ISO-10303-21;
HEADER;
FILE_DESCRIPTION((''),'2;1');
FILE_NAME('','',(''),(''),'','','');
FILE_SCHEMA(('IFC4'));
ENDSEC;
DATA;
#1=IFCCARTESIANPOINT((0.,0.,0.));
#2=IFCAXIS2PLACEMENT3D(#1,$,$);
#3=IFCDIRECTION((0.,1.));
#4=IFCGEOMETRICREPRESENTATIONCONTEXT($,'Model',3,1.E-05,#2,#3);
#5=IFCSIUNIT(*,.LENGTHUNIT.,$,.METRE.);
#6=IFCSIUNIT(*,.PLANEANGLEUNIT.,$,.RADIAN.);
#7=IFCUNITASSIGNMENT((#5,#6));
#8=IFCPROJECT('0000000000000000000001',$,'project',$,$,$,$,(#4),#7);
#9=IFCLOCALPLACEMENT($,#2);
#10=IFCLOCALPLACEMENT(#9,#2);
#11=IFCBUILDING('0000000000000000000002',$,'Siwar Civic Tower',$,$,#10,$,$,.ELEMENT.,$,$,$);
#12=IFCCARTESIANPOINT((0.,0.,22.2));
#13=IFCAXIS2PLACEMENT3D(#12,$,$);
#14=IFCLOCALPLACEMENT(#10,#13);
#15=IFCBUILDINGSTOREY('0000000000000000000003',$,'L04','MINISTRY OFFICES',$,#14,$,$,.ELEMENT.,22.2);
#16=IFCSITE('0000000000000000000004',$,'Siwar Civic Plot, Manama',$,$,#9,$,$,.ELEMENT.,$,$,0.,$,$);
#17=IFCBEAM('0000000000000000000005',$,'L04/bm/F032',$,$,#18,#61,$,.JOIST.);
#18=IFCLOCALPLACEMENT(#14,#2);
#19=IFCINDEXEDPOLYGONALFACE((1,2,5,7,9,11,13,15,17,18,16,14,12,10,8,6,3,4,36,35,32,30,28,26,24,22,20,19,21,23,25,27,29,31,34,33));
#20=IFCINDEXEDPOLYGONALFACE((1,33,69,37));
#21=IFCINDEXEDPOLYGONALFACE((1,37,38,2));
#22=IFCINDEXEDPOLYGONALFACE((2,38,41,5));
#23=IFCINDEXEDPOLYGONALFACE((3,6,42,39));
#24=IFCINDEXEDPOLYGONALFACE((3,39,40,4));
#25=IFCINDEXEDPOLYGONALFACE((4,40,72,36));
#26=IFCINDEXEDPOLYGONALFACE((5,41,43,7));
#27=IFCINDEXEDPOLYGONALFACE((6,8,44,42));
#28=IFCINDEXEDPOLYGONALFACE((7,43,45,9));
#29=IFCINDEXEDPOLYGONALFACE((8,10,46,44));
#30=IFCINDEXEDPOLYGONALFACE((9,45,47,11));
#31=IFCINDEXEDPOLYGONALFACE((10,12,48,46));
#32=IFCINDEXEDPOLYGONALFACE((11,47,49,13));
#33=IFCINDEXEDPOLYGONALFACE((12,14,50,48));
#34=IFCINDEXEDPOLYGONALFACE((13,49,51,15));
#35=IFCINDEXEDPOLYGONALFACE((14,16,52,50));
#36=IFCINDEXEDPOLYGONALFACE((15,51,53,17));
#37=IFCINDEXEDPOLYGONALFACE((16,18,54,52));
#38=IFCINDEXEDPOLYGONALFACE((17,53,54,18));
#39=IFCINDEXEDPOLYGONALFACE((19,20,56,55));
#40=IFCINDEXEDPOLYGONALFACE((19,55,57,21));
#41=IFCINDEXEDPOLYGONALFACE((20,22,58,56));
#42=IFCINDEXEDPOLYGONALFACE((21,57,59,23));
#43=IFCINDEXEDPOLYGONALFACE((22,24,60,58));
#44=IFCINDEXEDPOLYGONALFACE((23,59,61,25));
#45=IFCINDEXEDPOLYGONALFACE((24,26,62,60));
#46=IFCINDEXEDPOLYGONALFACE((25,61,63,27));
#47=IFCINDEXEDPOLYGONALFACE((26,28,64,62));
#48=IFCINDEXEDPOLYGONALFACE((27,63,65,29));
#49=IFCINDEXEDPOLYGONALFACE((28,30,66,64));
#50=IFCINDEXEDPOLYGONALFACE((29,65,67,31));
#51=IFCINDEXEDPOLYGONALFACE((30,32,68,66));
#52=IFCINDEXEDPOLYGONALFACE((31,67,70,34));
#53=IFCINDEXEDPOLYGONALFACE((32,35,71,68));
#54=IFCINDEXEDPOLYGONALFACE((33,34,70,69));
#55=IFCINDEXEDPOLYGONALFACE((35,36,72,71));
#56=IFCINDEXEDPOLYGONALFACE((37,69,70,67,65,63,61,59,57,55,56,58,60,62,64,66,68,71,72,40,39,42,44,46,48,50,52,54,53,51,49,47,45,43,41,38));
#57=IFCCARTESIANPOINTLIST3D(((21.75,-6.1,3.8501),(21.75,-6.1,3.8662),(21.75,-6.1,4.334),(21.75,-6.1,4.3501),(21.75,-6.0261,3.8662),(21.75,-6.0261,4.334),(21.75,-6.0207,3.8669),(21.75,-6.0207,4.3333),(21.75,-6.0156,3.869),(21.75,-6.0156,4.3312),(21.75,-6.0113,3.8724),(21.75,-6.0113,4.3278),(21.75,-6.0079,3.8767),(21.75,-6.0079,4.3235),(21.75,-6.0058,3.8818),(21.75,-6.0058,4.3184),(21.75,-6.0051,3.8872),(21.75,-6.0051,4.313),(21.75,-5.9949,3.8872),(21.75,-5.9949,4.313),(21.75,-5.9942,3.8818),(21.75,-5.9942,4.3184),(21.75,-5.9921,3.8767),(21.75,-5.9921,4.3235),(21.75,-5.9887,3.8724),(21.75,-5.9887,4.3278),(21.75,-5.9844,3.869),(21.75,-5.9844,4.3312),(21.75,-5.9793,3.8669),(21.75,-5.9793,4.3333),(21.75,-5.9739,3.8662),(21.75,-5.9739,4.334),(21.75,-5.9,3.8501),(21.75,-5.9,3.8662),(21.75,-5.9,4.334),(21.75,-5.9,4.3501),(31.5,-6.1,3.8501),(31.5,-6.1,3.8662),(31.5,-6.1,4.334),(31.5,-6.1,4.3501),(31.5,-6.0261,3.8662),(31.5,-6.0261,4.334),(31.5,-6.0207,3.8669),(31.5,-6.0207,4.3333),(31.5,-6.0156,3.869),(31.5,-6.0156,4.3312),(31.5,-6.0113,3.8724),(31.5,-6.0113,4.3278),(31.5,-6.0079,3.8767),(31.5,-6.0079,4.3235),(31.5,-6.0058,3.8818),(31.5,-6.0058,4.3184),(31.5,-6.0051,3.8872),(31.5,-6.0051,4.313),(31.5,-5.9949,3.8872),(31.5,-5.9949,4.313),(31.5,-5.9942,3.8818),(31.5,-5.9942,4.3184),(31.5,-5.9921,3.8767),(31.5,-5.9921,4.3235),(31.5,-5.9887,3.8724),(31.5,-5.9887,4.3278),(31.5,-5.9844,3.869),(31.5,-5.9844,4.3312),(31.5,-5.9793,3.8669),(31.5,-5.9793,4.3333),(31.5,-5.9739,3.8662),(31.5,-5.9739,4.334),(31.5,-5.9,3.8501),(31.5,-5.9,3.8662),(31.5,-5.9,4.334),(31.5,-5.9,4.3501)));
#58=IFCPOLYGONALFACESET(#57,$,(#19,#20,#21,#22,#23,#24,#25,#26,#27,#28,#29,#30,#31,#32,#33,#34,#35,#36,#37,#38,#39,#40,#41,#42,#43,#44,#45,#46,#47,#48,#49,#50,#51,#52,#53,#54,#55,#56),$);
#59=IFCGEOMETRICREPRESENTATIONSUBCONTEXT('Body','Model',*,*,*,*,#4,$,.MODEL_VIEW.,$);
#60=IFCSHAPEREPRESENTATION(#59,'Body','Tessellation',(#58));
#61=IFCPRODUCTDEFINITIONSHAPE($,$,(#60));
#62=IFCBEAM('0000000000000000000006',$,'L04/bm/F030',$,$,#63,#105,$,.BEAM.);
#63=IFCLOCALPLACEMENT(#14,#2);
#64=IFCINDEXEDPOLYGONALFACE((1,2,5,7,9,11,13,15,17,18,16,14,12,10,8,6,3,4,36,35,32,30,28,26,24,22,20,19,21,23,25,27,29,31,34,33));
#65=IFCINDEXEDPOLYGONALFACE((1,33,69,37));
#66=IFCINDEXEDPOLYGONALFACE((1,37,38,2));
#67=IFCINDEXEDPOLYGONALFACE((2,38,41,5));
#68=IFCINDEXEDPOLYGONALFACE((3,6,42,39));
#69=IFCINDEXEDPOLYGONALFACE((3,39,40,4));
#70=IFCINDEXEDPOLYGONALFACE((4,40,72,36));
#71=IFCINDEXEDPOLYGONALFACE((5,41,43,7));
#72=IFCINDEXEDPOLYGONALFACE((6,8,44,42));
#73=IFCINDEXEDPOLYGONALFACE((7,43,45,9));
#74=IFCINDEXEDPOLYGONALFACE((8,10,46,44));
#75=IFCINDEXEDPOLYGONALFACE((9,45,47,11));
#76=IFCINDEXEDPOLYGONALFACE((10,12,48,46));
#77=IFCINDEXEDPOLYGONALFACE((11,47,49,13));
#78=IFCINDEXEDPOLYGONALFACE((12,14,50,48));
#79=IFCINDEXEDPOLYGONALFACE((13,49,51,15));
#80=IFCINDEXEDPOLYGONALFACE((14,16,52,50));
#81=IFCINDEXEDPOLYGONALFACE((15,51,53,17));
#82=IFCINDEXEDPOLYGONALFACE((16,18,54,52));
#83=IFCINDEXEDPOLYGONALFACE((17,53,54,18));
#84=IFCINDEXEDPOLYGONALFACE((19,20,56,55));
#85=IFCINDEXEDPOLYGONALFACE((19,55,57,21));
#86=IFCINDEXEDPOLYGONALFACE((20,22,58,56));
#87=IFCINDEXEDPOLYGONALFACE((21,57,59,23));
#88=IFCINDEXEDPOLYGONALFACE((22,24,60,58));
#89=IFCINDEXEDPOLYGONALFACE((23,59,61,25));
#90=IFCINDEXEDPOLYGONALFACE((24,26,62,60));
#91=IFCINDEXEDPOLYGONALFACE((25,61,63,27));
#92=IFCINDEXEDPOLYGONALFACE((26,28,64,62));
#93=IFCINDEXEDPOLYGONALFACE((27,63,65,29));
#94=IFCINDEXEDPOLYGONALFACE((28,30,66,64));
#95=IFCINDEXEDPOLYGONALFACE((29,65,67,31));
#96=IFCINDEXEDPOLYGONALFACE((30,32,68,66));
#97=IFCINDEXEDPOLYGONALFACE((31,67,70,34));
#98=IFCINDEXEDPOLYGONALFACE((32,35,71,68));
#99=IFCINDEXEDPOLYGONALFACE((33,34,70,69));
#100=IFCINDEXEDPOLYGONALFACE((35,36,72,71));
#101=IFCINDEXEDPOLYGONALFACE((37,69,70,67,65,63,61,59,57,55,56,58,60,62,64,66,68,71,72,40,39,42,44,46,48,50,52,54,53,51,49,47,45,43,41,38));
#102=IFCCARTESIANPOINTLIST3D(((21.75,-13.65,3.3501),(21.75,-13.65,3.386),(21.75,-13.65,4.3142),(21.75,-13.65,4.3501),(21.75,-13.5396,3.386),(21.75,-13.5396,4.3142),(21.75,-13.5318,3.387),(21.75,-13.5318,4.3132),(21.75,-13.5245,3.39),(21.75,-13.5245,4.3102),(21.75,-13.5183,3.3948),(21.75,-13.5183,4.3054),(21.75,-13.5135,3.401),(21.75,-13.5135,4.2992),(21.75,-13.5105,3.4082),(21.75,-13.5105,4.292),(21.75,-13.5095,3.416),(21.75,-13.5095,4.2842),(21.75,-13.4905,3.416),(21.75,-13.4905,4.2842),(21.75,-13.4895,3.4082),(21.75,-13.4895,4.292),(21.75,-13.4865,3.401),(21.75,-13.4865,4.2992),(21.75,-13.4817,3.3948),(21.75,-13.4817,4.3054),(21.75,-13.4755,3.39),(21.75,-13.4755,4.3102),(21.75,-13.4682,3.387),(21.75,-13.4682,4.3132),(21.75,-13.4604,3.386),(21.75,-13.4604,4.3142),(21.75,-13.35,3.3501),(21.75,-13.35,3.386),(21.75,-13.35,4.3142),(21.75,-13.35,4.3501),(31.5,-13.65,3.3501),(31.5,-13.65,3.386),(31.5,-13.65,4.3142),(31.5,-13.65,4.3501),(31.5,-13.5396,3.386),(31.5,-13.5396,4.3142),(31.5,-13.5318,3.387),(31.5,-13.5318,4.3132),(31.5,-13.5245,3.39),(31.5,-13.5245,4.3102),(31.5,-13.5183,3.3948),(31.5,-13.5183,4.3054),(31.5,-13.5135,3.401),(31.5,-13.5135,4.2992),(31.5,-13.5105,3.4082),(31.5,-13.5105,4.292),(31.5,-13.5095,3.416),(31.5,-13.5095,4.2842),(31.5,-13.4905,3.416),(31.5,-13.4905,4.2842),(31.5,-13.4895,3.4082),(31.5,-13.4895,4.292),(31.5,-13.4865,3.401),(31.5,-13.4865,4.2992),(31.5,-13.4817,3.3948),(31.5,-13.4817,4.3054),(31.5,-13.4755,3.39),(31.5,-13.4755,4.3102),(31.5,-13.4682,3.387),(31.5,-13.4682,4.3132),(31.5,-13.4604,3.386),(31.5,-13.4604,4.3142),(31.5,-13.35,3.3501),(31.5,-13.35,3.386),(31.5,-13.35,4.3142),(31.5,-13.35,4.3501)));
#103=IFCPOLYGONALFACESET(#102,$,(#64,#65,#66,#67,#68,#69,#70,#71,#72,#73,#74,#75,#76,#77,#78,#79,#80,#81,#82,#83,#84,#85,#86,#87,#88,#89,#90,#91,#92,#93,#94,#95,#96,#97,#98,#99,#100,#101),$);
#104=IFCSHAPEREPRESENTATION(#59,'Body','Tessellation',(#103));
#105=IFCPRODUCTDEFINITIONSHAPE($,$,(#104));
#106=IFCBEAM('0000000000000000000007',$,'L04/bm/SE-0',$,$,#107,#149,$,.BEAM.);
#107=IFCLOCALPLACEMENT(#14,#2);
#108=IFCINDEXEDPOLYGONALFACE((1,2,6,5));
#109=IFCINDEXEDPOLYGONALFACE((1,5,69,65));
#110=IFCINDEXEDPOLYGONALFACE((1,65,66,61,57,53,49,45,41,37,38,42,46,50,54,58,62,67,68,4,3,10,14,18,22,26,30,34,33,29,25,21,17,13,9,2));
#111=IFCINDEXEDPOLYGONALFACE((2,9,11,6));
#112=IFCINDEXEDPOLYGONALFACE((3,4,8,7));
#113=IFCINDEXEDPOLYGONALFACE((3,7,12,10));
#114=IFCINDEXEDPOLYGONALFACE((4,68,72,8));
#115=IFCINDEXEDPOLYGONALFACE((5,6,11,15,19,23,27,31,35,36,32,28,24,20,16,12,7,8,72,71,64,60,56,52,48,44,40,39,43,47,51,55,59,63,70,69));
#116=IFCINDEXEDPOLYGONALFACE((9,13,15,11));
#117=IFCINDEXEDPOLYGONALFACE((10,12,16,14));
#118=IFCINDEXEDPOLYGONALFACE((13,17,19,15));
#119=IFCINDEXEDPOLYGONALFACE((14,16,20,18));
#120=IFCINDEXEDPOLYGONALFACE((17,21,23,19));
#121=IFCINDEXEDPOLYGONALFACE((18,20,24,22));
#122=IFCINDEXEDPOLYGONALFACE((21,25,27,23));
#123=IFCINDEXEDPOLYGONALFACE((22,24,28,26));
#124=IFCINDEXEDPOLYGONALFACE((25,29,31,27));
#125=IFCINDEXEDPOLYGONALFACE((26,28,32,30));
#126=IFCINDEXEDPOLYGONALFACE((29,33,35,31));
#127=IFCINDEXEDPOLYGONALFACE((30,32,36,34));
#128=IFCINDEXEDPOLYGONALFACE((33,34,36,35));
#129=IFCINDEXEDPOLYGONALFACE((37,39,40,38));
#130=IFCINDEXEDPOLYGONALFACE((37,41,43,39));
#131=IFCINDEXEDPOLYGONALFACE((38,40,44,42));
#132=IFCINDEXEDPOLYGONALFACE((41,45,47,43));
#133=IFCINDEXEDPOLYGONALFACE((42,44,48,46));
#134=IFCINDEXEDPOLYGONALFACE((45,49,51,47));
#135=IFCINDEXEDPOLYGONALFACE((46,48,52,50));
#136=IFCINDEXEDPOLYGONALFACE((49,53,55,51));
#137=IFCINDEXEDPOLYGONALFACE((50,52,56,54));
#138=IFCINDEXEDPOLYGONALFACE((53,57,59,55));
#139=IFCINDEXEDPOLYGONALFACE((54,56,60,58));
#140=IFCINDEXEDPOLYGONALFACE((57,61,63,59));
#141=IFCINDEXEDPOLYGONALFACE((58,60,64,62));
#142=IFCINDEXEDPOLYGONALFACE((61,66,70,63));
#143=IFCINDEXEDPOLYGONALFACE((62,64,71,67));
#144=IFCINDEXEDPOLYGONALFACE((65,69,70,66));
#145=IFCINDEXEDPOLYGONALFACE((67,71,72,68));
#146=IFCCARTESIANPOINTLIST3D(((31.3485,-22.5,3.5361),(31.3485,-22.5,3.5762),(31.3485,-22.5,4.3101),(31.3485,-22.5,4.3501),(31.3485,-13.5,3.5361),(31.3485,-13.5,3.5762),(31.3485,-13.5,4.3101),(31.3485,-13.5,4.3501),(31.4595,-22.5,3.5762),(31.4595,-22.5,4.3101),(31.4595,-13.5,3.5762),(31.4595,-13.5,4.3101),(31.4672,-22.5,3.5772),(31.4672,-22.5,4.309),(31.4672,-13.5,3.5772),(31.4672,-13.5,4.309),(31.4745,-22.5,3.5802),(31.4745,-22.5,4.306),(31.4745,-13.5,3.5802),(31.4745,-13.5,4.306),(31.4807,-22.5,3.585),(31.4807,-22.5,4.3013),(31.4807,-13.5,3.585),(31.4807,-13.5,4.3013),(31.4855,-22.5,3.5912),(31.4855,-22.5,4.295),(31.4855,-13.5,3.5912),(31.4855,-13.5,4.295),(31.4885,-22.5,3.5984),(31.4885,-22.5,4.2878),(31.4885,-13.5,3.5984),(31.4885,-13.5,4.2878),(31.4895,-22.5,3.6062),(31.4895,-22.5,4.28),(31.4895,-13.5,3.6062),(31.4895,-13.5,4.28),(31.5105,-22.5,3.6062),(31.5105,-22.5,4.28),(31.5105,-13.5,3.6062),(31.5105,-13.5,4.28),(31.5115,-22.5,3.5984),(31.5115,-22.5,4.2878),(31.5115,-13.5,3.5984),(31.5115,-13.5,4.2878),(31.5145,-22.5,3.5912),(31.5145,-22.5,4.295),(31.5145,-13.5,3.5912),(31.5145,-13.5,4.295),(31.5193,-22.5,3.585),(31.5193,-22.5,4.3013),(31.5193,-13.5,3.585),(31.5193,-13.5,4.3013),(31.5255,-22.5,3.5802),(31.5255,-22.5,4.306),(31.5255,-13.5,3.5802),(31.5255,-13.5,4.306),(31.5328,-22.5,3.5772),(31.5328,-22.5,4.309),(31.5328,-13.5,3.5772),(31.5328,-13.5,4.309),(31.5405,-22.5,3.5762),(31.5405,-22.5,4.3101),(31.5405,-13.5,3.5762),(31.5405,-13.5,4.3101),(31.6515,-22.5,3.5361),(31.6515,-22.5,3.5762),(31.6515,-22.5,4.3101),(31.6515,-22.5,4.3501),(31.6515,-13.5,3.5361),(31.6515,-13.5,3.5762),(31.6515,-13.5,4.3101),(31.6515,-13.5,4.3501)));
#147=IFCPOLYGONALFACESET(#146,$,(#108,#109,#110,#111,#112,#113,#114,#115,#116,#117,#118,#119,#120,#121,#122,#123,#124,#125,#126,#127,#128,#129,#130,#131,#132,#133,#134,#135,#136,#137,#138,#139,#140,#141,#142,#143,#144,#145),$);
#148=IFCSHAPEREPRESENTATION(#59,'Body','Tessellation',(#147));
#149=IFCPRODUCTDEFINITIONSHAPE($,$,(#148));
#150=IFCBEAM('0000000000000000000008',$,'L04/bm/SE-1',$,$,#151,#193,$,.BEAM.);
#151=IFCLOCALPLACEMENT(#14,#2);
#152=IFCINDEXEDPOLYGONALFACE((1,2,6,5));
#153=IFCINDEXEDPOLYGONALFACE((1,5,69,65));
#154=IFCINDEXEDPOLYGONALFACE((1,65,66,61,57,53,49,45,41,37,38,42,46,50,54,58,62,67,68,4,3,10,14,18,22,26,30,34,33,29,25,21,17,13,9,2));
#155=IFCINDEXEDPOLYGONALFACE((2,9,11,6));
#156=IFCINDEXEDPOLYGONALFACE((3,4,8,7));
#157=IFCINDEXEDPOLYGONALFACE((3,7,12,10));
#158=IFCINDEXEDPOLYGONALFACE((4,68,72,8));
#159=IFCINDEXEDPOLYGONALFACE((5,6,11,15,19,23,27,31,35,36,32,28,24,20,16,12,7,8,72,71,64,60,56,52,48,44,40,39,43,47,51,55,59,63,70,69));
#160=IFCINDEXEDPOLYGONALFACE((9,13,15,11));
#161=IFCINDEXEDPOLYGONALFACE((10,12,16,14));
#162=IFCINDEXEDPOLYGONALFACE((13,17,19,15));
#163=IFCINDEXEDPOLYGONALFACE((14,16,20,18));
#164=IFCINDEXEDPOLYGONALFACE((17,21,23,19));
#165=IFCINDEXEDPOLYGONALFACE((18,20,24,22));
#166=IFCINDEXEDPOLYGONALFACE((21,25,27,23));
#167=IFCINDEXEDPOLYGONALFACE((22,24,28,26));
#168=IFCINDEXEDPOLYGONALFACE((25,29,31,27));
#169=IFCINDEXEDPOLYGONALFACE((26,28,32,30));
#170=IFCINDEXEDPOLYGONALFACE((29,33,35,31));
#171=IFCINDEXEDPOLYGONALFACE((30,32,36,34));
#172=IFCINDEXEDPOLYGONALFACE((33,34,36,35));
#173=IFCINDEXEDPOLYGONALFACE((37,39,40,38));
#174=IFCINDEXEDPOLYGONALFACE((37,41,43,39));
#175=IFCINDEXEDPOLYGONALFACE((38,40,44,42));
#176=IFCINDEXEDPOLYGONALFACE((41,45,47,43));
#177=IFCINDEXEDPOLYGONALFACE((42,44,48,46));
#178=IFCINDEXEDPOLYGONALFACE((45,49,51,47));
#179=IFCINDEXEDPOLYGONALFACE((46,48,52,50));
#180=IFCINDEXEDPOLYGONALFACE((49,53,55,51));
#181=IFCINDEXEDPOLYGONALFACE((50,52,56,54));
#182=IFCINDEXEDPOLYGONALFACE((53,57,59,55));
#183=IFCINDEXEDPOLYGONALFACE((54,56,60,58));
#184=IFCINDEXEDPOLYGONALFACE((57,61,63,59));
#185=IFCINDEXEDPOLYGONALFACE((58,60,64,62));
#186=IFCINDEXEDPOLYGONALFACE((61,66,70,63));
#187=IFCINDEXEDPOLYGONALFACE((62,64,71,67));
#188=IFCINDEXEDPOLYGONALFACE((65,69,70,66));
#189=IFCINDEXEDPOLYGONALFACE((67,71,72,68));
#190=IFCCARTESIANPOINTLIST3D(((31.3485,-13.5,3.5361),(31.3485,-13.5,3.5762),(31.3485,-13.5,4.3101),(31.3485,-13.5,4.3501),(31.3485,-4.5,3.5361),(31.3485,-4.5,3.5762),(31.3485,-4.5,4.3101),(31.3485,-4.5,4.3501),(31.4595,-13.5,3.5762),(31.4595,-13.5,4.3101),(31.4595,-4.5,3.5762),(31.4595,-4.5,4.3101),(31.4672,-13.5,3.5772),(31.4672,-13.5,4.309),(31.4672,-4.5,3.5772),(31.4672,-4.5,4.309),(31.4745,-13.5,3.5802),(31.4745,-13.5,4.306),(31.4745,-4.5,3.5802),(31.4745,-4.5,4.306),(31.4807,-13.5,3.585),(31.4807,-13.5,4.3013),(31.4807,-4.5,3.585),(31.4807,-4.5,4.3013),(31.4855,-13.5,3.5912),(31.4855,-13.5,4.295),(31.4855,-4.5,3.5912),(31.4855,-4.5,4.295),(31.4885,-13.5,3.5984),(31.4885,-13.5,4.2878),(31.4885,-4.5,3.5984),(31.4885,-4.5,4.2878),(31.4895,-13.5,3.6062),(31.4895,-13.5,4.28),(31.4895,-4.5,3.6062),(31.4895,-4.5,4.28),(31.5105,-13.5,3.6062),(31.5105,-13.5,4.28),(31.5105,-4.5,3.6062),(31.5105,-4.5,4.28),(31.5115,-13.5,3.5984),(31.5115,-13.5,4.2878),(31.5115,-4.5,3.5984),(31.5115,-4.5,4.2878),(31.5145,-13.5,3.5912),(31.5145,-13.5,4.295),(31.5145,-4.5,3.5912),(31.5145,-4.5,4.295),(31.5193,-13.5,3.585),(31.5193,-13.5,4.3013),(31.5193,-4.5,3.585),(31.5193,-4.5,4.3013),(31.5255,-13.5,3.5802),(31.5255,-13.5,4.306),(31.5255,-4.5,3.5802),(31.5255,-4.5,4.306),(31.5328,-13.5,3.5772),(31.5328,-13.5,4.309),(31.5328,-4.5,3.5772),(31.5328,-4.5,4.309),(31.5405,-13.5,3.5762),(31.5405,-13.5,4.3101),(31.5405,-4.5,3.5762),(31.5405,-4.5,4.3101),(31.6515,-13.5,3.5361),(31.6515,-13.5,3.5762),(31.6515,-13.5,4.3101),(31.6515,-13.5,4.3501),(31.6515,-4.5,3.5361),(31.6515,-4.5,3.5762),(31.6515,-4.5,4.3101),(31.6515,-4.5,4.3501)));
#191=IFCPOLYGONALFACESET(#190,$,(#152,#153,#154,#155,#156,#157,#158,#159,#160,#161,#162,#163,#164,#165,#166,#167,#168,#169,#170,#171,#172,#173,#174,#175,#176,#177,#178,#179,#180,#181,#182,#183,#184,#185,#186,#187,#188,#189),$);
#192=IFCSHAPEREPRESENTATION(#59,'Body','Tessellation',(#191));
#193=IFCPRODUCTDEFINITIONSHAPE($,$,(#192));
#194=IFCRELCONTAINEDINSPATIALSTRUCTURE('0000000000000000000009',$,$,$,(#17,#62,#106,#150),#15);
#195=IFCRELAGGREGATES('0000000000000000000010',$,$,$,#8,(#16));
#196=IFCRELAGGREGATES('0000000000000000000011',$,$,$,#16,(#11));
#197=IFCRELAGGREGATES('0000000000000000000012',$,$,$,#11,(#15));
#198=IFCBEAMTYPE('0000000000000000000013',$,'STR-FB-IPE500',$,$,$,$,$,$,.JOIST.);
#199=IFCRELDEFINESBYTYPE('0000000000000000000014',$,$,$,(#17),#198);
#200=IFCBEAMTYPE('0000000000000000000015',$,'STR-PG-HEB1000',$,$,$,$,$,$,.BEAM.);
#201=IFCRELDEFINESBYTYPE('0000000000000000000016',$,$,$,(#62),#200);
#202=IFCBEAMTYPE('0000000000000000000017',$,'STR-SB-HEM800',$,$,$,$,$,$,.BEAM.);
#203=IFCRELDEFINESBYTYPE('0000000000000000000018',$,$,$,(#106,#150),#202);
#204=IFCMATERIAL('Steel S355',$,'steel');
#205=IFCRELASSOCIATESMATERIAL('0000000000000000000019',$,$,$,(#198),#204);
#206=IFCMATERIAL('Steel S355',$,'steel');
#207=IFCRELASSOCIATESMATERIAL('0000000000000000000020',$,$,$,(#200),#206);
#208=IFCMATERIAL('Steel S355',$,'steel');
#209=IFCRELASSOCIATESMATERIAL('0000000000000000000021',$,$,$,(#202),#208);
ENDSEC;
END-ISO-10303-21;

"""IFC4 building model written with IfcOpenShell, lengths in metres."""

from ifc_helpers import new_model, si_unit, direction, frame, origin, origin_2d, place, context, subcontext, project, spatial, i_section, extrude, material, material_profile, profile_set, type_object, element, save


model = new_model("IFC4")

# Units and contexts
model_context = context("Model", 3, precision=1e-05, world=origin(), true_north=direction((0.0, 1.0)))
body_context = subcontext(model_context, "Body", "Model", "MODEL_VIEW")
ifc_project = project(units=[si_unit("LENGTHUNIT", "METRE"), si_unit("PLANEANGLEUNIT", "RADIAN")], contexts=[model_context])

# Site, building, storey
site_placement = place(None, origin())
site = spatial("IfcSite", under=ifc_project, at=site_placement, Name="Siwar Civic Plot, Manama", CompositionType="ELEMENT", RefElevation=0.0)
building_placement = place(site_placement, origin())
building = spatial("IfcBuilding", under=site, at=building_placement, Name="Siwar Civic Tower", CompositionType="ELEMENT")
storey_placement = place(building_placement, frame((0.0, 0.0, 22.2)))
storey = spatial("IfcBuildingStorey", under=building, at=storey_placement, Name="L04", Description="MINISTRY OFFICES", CompositionType="ELEMENT", Elevation=22.2)

# Beams
ifc_material_1 = material(Name="Steel S355", Category="steel")
ifc_material_profile_1 = material_profile(ifc_material_1, i_section(OverallWidth=0.2, OverallDepth=0.5, WebThickness=0.0103, FlangeThickness=0.0161, FilletRadius=0.021, at=origin_2d()), Name="IPE500")
ifc_profile_set_1 = profile_set([ifc_material_profile_1], Name="Steel S355")
beam_type_1 = type_object("IfcBeamType", Name="STR-FB-IPE500", PredefinedType="JOIST", material=ifc_profile_set_1)
beam_1_placement = place(storey_placement, frame((21.75, -6.0, 4.1001), z_axis=(1.0, 0.0, 0.0), x_axis=(0.0, 1.0, 0.0)))
element("IfcBeam", 1, at=beam_1_placement, inside=storey, type_object=beam_type_1, Name="L04/bm/F032", PredefinedType="JOIST", context=body_context, shape_type="SweptSolid", body=[
    extrude(i_section(OverallWidth=0.2, OverallDepth=0.5, WebThickness=0.0103, FlangeThickness=0.0161, FilletRadius=0.021, at=origin_2d()), origin(), (0.0, 0.0, 1.0), 9.75),
])
ifc_material_2 = material(Name="Steel S355", Category="steel")
ifc_material_profile_2 = material_profile(ifc_material_2, i_section(OverallWidth=0.3, OverallDepth=1.0, WebThickness=0.019, FlangeThickness=0.0359, FilletRadius=0.03, at=origin_2d()), Name="HEB1000")
ifc_profile_set_2 = profile_set([ifc_material_profile_2], Name="Steel S355")
beam_type_2 = type_object("IfcBeamType", Name="STR-PG-HEB1000", PredefinedType="BEAM", material=ifc_profile_set_2)
beam_2_placement = place(storey_placement, frame((21.75, -13.5, 3.8501), z_axis=(1.0, 0.0, 0.0), x_axis=(0.0, 1.0, 0.0)))
element("IfcBeam", 2, at=beam_2_placement, inside=storey, type_object=beam_type_2, Name="L04/bm/F030", PredefinedType="BEAM", context=body_context, shape_type="SweptSolid", body=[
    extrude(i_section(OverallWidth=0.3, OverallDepth=1.0, WebThickness=0.019, FlangeThickness=0.0359, FilletRadius=0.03, at=origin_2d()), origin(), (0.0, 0.0, 1.0), 9.75),
])
ifc_material_3 = material(Name="Steel S355", Category="steel")
ifc_material_profile_3 = material_profile(ifc_material_3, i_section(OverallWidth=0.303, OverallDepth=0.814, WebThickness=0.021, FlangeThickness=0.04, FilletRadius=0.03, at=origin_2d()), Name="HEM800")
ifc_profile_set_3 = profile_set([ifc_material_profile_3], Name="Steel S355")
beam_type_3 = type_object("IfcBeamType", Name="STR-SB-HEM800", PredefinedType="BEAM", material=ifc_profile_set_3)
for number, where, z_axis, x_axis, name in (
    (3, (31.5, -22.5, 3.9431), (0.0, 1.0, 0.0), (-1.0, 0.0, 0.0), "L04/bm/SE-0"),
    (4, (31.5, -13.5, 3.9431), (0.0, 1.0, 0.0), (-1.0, 0.0, 0.0), "L04/bm/SE-1"),
):
    element("IfcBeam", number, at=place(storey_placement, frame(where, z_axis=z_axis, x_axis=x_axis)), inside=storey, type_object=beam_type_3, Name=name, PredefinedType="BEAM", context=body_context, shape_type="SweptSolid", body=[
        extrude(i_section(OverallWidth=0.303, OverallDepth=0.814, WebThickness=0.021, FlangeThickness=0.04, FilletRadius=0.03, at=origin_2d()), origin(), (0.0, 0.0, 1.0), 9.0),
    ])

save(model, "model.ifc")
